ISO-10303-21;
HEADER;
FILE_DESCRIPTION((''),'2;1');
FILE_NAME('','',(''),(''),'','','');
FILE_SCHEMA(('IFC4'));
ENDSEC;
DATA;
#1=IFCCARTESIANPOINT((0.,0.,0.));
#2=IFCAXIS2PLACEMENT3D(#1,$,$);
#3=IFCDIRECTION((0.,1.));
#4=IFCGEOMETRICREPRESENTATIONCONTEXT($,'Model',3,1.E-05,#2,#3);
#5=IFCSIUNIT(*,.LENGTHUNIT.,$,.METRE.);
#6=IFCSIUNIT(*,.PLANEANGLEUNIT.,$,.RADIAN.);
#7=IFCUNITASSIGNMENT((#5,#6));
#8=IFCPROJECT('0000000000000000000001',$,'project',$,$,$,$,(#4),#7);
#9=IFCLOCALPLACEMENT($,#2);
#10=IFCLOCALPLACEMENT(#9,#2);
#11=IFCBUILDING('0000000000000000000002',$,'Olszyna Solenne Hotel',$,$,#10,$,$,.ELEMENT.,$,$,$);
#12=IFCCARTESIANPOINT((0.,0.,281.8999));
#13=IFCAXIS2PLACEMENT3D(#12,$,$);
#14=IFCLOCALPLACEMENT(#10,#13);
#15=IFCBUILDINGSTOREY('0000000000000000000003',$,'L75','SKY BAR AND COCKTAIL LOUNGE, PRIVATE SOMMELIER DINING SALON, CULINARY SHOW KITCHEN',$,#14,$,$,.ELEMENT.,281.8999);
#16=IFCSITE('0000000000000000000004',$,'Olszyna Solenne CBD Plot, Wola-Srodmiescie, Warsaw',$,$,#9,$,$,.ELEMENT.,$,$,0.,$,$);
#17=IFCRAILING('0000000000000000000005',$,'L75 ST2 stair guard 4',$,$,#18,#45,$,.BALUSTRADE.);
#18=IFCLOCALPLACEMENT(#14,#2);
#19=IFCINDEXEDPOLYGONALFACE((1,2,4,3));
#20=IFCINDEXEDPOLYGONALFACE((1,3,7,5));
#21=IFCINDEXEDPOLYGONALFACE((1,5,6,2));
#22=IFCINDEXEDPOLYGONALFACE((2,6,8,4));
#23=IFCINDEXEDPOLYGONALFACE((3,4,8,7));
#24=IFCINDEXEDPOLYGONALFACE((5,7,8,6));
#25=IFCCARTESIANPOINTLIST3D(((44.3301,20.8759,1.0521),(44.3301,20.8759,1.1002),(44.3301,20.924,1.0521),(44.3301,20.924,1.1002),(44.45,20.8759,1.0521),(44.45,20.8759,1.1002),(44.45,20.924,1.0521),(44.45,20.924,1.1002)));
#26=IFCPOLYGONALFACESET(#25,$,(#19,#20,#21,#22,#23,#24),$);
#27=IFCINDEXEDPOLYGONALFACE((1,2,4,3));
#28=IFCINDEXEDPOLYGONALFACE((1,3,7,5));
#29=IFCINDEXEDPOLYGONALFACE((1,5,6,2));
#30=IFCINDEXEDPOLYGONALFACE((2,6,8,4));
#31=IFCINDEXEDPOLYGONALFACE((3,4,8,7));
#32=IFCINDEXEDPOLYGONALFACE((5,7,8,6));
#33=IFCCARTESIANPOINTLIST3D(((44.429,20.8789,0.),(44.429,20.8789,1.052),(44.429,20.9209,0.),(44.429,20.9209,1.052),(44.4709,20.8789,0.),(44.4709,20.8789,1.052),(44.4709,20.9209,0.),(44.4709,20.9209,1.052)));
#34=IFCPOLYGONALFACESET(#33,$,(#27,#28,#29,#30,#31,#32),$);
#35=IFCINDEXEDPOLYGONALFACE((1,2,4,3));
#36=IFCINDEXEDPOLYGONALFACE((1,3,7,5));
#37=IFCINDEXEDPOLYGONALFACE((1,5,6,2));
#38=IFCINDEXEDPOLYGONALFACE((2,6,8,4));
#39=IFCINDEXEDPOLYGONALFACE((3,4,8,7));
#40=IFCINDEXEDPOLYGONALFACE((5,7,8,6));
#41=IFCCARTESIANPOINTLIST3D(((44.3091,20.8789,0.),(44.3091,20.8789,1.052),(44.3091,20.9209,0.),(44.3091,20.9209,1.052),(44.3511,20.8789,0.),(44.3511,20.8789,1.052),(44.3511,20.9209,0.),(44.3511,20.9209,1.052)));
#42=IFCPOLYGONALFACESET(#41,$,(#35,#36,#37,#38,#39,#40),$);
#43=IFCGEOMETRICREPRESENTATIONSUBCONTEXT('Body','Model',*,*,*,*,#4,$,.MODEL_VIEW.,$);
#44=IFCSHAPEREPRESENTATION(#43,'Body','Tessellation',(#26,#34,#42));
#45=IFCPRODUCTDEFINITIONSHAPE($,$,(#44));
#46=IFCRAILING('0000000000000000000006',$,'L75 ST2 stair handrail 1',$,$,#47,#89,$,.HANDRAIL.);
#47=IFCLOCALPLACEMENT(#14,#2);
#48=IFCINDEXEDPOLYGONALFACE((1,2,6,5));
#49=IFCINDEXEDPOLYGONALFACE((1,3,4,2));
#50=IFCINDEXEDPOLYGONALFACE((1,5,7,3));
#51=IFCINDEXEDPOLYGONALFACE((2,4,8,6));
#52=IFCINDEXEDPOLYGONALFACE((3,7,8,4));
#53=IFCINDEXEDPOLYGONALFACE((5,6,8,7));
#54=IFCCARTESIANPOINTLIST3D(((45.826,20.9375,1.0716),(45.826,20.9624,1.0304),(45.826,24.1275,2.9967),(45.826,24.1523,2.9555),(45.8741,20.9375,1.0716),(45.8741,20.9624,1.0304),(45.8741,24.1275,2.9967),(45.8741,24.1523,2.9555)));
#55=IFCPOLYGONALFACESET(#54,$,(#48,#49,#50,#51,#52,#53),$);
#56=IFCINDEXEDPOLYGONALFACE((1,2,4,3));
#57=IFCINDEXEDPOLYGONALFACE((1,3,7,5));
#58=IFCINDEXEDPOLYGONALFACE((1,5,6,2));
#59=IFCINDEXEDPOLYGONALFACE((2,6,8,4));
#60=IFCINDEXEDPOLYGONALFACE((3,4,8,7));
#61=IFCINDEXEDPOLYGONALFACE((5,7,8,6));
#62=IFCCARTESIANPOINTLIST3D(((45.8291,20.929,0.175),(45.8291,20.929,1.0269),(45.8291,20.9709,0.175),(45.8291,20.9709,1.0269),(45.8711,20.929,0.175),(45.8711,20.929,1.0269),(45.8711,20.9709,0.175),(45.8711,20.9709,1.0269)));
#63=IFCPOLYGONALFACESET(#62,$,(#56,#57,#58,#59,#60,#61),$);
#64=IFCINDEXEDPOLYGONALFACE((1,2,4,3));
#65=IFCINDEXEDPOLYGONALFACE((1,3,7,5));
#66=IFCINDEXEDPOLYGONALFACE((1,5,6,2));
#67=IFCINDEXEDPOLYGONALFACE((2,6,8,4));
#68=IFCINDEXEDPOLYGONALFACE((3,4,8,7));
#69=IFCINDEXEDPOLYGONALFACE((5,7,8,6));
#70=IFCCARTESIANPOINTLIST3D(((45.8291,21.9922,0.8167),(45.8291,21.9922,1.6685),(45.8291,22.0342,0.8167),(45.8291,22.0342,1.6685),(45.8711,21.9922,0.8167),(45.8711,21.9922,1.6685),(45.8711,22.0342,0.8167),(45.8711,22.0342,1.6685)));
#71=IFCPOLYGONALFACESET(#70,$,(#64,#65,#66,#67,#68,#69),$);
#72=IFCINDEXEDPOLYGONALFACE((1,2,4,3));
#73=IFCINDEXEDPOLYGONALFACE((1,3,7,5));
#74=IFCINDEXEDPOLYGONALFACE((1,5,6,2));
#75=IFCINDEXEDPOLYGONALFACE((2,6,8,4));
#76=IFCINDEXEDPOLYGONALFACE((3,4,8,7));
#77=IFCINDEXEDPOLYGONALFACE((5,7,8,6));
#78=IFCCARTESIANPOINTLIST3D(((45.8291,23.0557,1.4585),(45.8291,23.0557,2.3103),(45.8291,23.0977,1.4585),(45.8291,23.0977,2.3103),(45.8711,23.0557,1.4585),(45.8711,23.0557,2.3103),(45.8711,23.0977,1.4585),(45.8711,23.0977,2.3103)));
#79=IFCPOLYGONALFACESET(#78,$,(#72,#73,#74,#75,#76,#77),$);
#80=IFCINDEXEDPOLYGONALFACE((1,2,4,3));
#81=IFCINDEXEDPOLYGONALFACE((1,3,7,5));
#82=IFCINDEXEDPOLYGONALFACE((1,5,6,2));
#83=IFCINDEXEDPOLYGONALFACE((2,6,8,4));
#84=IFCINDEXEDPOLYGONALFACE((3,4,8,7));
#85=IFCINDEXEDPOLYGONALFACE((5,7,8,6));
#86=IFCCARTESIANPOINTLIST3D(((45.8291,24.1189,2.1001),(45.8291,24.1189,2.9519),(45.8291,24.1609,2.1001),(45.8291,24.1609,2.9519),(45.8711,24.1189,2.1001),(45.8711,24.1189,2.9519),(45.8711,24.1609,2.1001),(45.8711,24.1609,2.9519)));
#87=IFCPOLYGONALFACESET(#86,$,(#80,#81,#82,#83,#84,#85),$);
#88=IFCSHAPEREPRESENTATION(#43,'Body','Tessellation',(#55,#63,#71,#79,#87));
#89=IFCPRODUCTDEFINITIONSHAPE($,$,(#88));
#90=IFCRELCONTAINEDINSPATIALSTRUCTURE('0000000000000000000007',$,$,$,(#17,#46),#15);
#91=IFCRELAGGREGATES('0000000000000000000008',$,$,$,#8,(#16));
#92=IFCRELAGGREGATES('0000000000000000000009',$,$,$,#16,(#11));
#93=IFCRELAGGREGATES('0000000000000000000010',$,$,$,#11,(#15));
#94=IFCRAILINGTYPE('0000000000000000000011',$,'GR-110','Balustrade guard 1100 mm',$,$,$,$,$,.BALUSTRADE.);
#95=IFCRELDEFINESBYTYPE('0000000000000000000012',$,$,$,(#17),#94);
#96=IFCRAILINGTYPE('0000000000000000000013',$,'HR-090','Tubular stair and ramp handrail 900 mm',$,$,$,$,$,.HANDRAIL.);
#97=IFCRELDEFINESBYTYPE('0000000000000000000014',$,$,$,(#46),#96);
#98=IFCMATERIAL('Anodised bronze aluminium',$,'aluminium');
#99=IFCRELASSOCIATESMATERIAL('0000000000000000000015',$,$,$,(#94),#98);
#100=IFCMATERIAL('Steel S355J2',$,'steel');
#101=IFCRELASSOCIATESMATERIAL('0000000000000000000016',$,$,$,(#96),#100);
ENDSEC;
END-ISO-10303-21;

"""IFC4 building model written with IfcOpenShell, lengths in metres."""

from ifc_helpers import new_model, si_unit, direction, frame, origin, origin_2d, place, context, subcontext, project, spatial, rectangle, extrude, material, type_object, element, save


model = new_model("IFC4")

# Units and contexts
model_context = context("Model", 3, precision=1e-05, world=origin(), true_north=direction((0.0, 1.0)))
body_context = subcontext(model_context, "Body", "Model", "MODEL_VIEW")
ifc_project = project(units=[si_unit("LENGTHUNIT", "METRE"), si_unit("PLANEANGLEUNIT", "RADIAN")], contexts=[model_context])

# Site, building, storey
site_placement = place(None, origin())
site = spatial("IfcSite", under=ifc_project, at=site_placement, Name="Olszyna Solenne CBD Plot, Wola-Srodmiescie, Warsaw", CompositionType="ELEMENT", RefElevation=0.0)
building_placement = place(site_placement, origin())
building = spatial("IfcBuilding", under=site, at=building_placement, Name="Olszyna Solenne Hotel", CompositionType="ELEMENT")
storey_placement = place(building_placement, frame((0.0, 0.0, 281.8999)))
storey = spatial("IfcBuildingStorey", under=building, at=storey_placement, Name="L75", Description="SKY BAR AND COCKTAIL LOUNGE, PRIVATE SOMMELIER DINING SALON, CULINARY SHOW KITCHEN", CompositionType="ELEMENT", Elevation=281.8999)

# Shared definitions
ifc_material_1 = material(Name="Steel S355J2", Category="steel")

# Railings
ifc_material_2 = material(Name="Anodised bronze aluminium", Category="aluminium")
railing_type_1 = type_object("IfcRailingType", Name="GR-110", Description="Balustrade guard 1100 mm", PredefinedType="BALUSTRADE", material=ifc_material_2)
for number, where, name in (
    (1, (44.45, 20.8999, 0.0), "L75 ST2 stair guard 4"),
):
    element("IfcRailing", number, at=place(storey_placement, frame(where)), inside=storey, type_object=railing_type_1, Name=name, PredefinedType="BALUSTRADE", context=body_context, shape_type="SweptSolid", body=[
        extrude(rectangle(XDim=0.0481, YDim=0.0481, at=origin_2d()), frame((0.0, 0.0, 1.0762), z_axis=(-1.0, 0.0, 0.0), x_axis=(0.0, -1.0, 0.0)), (0.0, 0.0, 1.0), 0.1199),
        extrude(rectangle(XDim=0.042, YDim=0.042, at=origin_2d()), origin(), (0.0, 0.0, 1.0), 1.052),
        extrude(rectangle(XDim=0.042, YDim=0.042, at=origin_2d()), frame((-0.1199, 0.0, 0.0)), (0.0, 0.0, 1.0), 1.052),
    ])
railing_type_2 = type_object("IfcRailingType", Name="HR-090", Description="Tubular stair and ramp handrail 900 mm", PredefinedType="HANDRAIL", material=ifc_material_1)
railing_1_placement = place(storey_placement, frame((45.8501, 20.95, 0.175)))
element("IfcRailing", 2, at=railing_1_placement, inside=storey, type_object=railing_type_2, Name="L75 ST2 stair handrail 1", PredefinedType="HANDRAIL", context=body_context, shape_type="SweptSolid", body=[
    extrude(rectangle(XDim=0.0481, YDim=0.0481, at=origin_2d()), frame((0.0, 0.0, 0.876), z_axis=(0.0, 0.856178, 0.516682), x_axis=(-1.0, 0.0, 0.0)), (0.0, 0.0, 1.0), 3.7258),
    extrude(rectangle(XDim=0.042, YDim=0.042, at=origin_2d()), origin(), (0.0, 0.0, 1.0), 0.8518),
    extrude(rectangle(XDim=0.042, YDim=0.042, at=origin_2d()), frame((0.0, 1.0632, 0.6416)), (0.0, 0.0, 1.0), 0.8518),
    extrude(rectangle(XDim=0.042, YDim=0.042, at=origin_2d()), frame((0.0, 2.1267, 1.2834)), (0.0, 0.0, 1.0), 0.8518),
    extrude(rectangle(XDim=0.042, YDim=0.042, at=origin_2d()), frame((0.0, 3.1899, 1.925)), (0.0, 0.0, 1.0), 0.8518),
])

save(model, "model.ifc")
